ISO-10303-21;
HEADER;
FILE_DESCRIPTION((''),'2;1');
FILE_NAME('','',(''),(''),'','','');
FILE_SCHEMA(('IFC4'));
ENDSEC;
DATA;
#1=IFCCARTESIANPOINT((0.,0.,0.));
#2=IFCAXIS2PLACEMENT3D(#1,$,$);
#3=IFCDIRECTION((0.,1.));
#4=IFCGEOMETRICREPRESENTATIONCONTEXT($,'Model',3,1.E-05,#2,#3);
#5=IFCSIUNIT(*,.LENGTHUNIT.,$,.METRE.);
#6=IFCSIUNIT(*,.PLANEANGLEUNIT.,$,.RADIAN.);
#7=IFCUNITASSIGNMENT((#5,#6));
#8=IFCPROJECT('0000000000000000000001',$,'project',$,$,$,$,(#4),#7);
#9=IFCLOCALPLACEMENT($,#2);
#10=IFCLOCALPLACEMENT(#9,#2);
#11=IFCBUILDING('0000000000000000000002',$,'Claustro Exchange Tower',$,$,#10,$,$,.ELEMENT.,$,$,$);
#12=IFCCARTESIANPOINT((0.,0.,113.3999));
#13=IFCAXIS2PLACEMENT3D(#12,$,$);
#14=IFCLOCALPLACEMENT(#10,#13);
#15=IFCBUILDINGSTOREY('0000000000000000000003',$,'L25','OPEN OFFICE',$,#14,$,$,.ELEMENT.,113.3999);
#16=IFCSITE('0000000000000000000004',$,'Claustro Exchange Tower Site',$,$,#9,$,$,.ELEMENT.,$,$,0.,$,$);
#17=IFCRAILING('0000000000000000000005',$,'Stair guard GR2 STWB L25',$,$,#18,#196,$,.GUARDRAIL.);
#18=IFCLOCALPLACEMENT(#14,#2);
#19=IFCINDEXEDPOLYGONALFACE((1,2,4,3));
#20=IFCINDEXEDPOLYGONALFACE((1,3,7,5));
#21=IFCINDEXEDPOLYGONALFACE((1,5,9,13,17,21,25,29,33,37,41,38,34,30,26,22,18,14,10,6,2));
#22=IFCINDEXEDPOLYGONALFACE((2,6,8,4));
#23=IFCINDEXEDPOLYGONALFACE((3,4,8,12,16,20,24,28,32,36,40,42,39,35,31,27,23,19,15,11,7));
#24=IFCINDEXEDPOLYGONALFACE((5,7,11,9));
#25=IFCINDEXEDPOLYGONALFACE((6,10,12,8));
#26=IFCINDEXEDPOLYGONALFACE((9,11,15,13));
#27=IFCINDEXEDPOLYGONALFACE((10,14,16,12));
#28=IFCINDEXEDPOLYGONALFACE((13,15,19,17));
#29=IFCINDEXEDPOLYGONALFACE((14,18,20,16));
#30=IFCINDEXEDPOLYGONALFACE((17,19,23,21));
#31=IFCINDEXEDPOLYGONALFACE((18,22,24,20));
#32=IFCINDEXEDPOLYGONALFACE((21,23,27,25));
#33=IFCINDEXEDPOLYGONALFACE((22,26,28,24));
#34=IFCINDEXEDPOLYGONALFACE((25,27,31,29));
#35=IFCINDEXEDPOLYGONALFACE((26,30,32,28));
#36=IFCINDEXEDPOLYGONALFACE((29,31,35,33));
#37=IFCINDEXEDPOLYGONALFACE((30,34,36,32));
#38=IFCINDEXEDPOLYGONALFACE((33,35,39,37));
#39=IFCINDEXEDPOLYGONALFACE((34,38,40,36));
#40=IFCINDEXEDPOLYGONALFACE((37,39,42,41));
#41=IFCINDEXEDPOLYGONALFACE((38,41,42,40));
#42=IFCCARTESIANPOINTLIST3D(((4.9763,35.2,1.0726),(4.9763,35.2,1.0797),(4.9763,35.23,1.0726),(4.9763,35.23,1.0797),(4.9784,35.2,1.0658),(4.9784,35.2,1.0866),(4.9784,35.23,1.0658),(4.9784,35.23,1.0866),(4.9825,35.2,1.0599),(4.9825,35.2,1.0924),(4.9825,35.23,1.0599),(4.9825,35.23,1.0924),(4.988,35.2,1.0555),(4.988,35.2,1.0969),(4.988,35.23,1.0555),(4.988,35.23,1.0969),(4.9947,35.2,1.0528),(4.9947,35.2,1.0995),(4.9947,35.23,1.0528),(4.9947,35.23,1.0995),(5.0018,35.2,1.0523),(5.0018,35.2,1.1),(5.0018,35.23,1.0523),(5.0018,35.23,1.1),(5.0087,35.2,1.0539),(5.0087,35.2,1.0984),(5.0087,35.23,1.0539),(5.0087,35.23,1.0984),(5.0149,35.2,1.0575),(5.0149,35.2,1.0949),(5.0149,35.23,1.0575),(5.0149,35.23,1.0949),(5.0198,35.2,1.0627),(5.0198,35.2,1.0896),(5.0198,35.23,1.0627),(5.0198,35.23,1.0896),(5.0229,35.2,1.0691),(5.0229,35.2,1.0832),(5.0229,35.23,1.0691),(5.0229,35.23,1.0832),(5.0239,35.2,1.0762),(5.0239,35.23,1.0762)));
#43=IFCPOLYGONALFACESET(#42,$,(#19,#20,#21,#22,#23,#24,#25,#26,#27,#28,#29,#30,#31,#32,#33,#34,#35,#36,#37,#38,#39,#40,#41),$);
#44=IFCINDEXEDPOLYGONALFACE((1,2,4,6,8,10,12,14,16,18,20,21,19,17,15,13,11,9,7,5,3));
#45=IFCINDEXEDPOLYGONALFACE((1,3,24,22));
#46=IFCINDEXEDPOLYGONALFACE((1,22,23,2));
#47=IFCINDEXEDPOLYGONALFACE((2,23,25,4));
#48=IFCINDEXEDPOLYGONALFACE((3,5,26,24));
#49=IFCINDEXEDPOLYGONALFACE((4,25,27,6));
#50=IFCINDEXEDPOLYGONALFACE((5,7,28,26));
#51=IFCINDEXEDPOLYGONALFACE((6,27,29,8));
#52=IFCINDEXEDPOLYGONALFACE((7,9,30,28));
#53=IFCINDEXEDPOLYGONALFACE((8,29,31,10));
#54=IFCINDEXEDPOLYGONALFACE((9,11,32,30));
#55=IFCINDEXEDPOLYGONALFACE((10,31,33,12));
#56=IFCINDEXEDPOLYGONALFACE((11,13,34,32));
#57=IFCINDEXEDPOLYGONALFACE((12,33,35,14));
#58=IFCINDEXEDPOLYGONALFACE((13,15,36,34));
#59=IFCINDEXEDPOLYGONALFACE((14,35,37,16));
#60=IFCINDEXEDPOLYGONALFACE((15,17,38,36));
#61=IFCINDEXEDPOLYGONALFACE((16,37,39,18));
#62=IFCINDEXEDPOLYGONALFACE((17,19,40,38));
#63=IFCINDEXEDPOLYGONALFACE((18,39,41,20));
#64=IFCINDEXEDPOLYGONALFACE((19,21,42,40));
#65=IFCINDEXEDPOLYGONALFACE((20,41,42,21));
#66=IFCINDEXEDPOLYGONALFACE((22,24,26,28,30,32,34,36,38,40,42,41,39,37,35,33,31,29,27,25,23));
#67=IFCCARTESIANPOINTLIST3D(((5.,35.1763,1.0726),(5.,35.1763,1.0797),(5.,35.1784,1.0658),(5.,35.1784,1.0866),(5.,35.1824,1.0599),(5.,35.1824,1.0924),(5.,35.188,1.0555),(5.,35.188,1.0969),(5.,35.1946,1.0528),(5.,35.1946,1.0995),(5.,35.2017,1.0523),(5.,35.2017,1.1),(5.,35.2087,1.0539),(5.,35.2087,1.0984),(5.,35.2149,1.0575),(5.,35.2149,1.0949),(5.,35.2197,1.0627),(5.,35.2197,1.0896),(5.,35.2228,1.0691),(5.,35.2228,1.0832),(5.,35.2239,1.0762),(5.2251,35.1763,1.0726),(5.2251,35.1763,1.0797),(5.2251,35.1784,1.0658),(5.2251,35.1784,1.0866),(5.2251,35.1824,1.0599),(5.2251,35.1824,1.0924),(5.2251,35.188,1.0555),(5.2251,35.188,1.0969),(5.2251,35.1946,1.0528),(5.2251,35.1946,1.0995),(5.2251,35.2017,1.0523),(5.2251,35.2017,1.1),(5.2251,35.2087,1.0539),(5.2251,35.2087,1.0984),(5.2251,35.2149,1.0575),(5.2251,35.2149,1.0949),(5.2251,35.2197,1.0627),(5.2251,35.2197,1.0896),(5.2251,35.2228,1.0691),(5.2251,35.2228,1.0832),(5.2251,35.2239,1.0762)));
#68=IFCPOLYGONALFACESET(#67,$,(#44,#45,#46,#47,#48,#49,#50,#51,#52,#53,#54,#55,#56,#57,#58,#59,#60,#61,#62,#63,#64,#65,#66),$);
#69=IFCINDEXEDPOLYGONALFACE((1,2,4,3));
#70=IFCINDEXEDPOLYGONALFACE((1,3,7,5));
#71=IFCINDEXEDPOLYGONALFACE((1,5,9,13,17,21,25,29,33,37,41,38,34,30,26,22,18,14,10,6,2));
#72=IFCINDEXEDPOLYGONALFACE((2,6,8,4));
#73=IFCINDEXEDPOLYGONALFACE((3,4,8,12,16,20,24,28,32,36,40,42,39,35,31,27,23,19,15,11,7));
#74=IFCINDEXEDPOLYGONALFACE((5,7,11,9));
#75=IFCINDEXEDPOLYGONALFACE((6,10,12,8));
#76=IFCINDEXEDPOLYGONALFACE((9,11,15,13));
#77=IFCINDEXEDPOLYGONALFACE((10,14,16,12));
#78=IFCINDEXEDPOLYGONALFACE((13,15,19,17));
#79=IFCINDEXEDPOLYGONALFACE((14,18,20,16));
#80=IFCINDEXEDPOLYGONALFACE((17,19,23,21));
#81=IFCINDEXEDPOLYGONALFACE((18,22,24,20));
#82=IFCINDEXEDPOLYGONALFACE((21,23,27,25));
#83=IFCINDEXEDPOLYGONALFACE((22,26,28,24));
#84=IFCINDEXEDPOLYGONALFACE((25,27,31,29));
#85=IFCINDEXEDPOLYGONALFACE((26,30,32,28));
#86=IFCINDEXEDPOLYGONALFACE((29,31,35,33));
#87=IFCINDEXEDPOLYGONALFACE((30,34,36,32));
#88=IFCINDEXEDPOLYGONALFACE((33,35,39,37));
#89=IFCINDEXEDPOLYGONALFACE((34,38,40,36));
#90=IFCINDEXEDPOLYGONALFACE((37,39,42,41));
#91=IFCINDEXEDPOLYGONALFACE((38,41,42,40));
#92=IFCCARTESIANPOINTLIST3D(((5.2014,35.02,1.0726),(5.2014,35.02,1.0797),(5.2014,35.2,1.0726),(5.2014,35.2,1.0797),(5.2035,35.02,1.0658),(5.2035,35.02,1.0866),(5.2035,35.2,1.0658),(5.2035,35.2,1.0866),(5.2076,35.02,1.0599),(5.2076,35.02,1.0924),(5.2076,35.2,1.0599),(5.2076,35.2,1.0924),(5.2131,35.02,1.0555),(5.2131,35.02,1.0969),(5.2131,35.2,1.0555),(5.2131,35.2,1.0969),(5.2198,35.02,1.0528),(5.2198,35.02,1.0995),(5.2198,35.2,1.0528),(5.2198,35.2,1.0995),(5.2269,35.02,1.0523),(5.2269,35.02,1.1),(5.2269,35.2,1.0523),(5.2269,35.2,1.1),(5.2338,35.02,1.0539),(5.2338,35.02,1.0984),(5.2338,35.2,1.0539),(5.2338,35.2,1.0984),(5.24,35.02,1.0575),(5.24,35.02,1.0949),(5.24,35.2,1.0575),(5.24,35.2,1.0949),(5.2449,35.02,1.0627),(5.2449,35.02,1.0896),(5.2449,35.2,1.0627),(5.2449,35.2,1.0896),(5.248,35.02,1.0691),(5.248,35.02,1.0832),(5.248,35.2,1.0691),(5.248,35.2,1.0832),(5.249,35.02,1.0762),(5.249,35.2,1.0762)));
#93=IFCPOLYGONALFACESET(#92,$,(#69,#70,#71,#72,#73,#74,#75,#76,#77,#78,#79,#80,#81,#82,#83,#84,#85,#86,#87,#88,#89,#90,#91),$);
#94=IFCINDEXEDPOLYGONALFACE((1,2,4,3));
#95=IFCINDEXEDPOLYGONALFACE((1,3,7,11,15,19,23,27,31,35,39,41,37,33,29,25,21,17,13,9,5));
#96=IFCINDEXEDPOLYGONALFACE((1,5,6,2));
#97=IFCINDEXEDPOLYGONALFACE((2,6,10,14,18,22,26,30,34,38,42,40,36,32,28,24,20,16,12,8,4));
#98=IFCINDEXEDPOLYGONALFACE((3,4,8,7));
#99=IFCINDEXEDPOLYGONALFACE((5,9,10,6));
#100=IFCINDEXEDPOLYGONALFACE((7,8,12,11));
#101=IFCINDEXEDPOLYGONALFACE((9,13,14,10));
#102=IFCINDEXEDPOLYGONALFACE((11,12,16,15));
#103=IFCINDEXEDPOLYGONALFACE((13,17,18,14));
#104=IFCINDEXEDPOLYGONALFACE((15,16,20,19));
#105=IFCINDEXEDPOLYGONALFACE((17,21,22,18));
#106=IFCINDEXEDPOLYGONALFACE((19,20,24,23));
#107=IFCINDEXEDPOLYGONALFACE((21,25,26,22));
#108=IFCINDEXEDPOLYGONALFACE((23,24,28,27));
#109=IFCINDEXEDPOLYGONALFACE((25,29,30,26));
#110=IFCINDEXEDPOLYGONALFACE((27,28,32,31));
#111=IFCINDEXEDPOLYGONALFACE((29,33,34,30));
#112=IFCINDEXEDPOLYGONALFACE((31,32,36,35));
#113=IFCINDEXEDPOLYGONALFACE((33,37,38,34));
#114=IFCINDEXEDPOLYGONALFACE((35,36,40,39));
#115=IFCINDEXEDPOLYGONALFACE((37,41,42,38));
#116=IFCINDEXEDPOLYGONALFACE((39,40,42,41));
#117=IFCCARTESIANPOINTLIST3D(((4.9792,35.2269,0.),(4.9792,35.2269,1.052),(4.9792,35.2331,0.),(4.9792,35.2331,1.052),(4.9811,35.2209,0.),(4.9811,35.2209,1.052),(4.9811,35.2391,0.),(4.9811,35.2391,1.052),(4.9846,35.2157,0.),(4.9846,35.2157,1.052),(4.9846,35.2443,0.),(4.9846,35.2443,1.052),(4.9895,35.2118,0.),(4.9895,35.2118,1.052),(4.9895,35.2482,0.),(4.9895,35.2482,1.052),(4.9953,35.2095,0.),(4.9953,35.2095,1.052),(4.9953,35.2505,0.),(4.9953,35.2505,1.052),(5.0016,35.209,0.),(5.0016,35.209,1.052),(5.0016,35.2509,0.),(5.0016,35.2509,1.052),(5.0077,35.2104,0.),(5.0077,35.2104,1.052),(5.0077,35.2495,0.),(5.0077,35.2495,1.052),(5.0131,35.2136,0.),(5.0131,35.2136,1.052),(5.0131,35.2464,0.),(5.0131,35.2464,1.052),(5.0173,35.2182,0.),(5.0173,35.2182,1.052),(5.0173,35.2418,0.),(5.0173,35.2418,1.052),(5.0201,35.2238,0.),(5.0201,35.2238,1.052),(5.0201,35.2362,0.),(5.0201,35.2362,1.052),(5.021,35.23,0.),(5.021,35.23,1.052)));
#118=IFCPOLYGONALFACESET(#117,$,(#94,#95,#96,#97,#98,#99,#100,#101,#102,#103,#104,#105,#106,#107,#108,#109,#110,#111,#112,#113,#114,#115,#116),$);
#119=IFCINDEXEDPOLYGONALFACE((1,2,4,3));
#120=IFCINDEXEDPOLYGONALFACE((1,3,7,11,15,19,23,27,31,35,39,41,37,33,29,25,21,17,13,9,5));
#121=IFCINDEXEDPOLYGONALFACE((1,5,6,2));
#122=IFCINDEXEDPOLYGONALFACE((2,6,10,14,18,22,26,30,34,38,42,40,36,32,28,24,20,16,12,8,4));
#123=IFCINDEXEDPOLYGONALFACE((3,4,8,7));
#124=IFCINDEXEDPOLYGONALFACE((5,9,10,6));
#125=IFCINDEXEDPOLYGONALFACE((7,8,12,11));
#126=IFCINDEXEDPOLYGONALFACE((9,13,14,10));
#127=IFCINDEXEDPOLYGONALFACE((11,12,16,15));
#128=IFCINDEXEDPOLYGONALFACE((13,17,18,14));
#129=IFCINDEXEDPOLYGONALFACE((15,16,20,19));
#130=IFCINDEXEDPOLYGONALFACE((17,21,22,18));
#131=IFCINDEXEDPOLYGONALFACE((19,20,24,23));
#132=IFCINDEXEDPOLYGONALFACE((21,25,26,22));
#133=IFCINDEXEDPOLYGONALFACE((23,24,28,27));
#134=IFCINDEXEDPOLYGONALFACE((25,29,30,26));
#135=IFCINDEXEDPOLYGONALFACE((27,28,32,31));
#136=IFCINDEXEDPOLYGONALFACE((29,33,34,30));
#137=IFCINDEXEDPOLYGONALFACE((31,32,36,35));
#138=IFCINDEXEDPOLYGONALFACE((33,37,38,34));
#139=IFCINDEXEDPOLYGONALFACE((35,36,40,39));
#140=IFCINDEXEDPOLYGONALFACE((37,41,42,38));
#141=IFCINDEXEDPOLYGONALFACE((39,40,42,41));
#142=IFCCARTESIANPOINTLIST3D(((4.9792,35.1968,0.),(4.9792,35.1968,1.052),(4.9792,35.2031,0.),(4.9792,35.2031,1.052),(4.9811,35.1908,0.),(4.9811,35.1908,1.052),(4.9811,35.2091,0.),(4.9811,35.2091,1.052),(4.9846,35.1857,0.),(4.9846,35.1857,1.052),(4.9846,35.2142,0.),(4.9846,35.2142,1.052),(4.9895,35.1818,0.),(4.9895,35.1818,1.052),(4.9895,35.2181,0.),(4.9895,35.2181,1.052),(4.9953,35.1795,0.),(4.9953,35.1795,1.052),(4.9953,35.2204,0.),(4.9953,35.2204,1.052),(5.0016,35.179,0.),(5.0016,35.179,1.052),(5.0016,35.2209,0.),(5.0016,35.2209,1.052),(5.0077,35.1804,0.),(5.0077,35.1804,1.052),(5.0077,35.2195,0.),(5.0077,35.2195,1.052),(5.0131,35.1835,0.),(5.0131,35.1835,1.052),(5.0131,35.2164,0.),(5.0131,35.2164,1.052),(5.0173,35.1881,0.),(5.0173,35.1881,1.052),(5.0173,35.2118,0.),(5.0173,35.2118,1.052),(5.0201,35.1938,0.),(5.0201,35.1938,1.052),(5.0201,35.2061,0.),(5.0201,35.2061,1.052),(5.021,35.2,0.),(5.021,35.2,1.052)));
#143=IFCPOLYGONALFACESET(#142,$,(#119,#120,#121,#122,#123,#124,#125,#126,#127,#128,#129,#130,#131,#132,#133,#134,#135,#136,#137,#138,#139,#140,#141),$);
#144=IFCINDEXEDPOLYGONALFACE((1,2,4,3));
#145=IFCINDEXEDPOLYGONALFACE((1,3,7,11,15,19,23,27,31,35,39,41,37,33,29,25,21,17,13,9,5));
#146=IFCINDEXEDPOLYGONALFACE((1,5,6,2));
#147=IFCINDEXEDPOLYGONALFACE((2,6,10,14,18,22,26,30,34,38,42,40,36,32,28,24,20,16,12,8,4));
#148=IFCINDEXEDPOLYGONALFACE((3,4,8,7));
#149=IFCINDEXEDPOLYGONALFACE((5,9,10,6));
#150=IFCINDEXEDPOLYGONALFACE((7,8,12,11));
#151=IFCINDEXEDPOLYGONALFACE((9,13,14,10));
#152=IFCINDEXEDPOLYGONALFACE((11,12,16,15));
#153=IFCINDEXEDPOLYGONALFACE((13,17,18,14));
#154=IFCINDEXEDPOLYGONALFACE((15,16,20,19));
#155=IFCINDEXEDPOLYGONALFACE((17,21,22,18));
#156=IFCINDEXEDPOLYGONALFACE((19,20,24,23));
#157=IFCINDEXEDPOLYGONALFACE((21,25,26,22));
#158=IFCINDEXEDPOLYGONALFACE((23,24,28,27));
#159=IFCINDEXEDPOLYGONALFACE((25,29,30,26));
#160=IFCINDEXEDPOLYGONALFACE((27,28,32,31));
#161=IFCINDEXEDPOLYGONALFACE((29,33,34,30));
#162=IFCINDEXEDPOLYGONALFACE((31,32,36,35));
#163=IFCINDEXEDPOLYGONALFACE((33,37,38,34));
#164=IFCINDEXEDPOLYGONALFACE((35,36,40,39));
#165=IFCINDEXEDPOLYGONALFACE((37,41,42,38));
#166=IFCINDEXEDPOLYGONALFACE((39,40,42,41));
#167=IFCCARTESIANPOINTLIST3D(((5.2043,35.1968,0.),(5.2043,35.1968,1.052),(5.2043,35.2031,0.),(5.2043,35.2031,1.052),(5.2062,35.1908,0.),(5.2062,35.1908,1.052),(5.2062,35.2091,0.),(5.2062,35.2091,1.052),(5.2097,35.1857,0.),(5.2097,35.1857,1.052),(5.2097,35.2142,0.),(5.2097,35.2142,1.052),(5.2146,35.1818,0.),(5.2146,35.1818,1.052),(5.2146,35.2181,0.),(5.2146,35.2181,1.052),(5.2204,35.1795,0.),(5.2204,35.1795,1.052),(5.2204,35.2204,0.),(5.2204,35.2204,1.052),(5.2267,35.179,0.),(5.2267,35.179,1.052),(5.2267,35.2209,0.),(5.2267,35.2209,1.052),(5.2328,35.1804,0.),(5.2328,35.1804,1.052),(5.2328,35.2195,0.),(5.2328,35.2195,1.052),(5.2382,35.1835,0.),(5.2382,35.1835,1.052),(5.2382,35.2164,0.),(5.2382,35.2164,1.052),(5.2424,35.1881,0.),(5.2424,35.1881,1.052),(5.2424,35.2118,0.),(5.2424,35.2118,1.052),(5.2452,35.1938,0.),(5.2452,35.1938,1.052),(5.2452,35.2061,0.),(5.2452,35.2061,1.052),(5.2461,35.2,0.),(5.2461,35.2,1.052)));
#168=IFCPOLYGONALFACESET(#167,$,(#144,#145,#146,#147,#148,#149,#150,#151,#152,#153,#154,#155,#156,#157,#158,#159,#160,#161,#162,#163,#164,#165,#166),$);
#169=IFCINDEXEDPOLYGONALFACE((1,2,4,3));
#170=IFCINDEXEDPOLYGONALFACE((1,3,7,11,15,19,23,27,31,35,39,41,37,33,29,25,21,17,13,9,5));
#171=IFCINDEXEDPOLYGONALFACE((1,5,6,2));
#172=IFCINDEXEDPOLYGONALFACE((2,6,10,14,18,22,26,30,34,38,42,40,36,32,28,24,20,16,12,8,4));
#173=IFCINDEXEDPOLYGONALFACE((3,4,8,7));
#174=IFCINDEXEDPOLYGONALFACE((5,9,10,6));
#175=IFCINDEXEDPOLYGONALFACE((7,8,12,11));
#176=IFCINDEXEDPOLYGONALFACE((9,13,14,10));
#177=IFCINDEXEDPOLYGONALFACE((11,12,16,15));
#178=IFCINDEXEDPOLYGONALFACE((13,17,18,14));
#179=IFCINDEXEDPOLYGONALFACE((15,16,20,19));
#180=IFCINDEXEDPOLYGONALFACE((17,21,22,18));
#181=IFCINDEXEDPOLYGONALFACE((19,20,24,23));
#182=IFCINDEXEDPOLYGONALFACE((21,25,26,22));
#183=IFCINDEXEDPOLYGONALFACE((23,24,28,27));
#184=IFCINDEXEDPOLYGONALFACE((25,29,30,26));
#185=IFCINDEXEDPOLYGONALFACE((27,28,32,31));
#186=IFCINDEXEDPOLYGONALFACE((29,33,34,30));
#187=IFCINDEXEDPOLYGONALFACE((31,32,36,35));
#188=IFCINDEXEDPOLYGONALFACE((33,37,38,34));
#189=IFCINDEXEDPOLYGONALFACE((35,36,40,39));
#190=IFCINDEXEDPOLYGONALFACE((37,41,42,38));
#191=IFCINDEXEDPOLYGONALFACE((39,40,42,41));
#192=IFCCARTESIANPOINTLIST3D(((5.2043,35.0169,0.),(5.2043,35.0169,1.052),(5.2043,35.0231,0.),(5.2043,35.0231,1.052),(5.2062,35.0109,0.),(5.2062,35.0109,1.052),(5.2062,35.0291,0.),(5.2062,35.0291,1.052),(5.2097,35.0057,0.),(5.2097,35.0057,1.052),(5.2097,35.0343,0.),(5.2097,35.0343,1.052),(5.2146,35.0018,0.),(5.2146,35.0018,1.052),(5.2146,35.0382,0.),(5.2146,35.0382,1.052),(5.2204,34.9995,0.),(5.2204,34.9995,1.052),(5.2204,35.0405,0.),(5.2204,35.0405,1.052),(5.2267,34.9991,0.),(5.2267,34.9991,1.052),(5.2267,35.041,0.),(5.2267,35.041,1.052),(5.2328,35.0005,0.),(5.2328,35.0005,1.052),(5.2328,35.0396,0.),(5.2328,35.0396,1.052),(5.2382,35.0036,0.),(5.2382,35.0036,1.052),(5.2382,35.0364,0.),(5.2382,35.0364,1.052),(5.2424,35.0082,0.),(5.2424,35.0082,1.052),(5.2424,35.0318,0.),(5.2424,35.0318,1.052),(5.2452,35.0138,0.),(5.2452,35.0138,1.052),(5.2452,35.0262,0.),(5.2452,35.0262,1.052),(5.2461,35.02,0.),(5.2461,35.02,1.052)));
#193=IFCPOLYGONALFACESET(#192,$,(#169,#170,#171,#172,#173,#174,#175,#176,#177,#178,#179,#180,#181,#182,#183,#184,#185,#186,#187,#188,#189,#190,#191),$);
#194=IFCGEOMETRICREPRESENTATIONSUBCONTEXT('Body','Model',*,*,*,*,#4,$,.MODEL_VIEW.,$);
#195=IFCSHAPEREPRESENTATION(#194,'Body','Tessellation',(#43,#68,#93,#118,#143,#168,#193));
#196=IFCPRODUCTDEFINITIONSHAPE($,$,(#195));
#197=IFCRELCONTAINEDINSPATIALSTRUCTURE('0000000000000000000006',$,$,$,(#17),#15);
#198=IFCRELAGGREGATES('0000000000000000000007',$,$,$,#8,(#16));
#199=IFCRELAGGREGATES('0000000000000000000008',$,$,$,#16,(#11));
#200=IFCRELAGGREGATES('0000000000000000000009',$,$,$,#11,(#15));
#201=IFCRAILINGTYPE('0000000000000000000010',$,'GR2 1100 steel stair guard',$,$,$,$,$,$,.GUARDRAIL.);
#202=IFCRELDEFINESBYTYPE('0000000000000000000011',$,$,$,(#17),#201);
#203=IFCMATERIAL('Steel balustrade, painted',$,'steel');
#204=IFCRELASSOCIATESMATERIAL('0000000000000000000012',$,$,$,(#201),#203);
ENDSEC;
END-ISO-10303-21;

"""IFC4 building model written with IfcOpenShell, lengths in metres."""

from ifc_helpers import new_model, si_unit, direction, frame, origin, origin_2d, place, context, subcontext, project, spatial, circle, extrude, material, type_object, element, save


model = new_model("IFC4")

# Units and contexts
model_context = context("Model", 3, precision=1e-05, world=origin(), true_north=direction((0.0, 1.0)))
body_context = subcontext(model_context, "Body", "Model", "MODEL_VIEW")
ifc_project = project(units=[si_unit("LENGTHUNIT", "METRE"), si_unit("PLANEANGLEUNIT", "RADIAN")], contexts=[model_context])

# Site, building, storey
site_placement = place(None, origin())
site = spatial("IfcSite", under=ifc_project, at=site_placement, Name="Claustro Exchange Tower Site", CompositionType="ELEMENT", RefElevation=0.0)
building_placement = place(site_placement, origin())
building = spatial("IfcBuilding", under=site, at=building_placement, Name="Claustro Exchange Tower", CompositionType="ELEMENT")
storey_placement = place(building_placement, frame((0.0, 0.0, 113.3999)))
storey = spatial("IfcBuildingStorey", under=building, at=storey_placement, Name="L25", Description="OPEN OFFICE", CompositionType="ELEMENT", Elevation=113.3999)

# Railing
ifc_material_1 = material(Name="Steel balustrade, painted", Category="steel")
railing_type_1 = type_object("IfcRailingType", Name="GR2 1100 steel stair guard", PredefinedType="GUARDRAIL", material=ifc_material_1)
railing_1_placement = place(storey_placement, frame((5.0, 35.23, 0.0)))
element("IfcRailing", 1, at=railing_1_placement, inside=storey, type_object=railing_type_1, Name="Stair guard GR2 STWB L25", PredefinedType="GUARDRAIL", context=body_context, shape_type="SweptSolid", body=[
    extrude(circle(Radius=0.0239, at=origin_2d()), frame((0.0, 0.0, 1.0762), z_axis=(0.0, -1.0, 0.0), x_axis=(1.0, 0.0, 0.0)), (0.0, 0.0, 1.0), 0.03),
    extrude(circle(Radius=0.0239, at=origin_2d()), frame((0.0, -0.03, 1.0762), z_axis=(1.0, 0.0, 0.0), x_axis=(0.0, 1.0, 0.0)), (0.0, 0.0, 1.0), 0.2251),
    extrude(circle(Radius=0.0239, at=origin_2d()), frame((0.2251, -0.03, 1.0762), z_axis=(0.0, -1.0, 0.0), x_axis=(1.0, 0.0, 0.0)), (0.0, 0.0, 1.0), 0.1799),
    extrude(circle(Radius=0.021, at=origin_2d()), origin(), (0.0, 0.0, 1.0), 1.052),
    extrude(circle(Radius=0.021, at=origin_2d()), frame((0.0, -0.03, 0.0)), (0.0, 0.0, 1.0), 1.052),
    extrude(circle(Radius=0.021, at=origin_2d()), frame((0.2251, -0.03, 0.0)), (0.0, 0.0, 1.0), 1.052),
    extrude(circle(Radius=0.021, at=origin_2d()), frame((0.2251, -0.21, 0.0)), (0.0, 0.0, 1.0), 1.052),
])

save(model, "model.ifc")
